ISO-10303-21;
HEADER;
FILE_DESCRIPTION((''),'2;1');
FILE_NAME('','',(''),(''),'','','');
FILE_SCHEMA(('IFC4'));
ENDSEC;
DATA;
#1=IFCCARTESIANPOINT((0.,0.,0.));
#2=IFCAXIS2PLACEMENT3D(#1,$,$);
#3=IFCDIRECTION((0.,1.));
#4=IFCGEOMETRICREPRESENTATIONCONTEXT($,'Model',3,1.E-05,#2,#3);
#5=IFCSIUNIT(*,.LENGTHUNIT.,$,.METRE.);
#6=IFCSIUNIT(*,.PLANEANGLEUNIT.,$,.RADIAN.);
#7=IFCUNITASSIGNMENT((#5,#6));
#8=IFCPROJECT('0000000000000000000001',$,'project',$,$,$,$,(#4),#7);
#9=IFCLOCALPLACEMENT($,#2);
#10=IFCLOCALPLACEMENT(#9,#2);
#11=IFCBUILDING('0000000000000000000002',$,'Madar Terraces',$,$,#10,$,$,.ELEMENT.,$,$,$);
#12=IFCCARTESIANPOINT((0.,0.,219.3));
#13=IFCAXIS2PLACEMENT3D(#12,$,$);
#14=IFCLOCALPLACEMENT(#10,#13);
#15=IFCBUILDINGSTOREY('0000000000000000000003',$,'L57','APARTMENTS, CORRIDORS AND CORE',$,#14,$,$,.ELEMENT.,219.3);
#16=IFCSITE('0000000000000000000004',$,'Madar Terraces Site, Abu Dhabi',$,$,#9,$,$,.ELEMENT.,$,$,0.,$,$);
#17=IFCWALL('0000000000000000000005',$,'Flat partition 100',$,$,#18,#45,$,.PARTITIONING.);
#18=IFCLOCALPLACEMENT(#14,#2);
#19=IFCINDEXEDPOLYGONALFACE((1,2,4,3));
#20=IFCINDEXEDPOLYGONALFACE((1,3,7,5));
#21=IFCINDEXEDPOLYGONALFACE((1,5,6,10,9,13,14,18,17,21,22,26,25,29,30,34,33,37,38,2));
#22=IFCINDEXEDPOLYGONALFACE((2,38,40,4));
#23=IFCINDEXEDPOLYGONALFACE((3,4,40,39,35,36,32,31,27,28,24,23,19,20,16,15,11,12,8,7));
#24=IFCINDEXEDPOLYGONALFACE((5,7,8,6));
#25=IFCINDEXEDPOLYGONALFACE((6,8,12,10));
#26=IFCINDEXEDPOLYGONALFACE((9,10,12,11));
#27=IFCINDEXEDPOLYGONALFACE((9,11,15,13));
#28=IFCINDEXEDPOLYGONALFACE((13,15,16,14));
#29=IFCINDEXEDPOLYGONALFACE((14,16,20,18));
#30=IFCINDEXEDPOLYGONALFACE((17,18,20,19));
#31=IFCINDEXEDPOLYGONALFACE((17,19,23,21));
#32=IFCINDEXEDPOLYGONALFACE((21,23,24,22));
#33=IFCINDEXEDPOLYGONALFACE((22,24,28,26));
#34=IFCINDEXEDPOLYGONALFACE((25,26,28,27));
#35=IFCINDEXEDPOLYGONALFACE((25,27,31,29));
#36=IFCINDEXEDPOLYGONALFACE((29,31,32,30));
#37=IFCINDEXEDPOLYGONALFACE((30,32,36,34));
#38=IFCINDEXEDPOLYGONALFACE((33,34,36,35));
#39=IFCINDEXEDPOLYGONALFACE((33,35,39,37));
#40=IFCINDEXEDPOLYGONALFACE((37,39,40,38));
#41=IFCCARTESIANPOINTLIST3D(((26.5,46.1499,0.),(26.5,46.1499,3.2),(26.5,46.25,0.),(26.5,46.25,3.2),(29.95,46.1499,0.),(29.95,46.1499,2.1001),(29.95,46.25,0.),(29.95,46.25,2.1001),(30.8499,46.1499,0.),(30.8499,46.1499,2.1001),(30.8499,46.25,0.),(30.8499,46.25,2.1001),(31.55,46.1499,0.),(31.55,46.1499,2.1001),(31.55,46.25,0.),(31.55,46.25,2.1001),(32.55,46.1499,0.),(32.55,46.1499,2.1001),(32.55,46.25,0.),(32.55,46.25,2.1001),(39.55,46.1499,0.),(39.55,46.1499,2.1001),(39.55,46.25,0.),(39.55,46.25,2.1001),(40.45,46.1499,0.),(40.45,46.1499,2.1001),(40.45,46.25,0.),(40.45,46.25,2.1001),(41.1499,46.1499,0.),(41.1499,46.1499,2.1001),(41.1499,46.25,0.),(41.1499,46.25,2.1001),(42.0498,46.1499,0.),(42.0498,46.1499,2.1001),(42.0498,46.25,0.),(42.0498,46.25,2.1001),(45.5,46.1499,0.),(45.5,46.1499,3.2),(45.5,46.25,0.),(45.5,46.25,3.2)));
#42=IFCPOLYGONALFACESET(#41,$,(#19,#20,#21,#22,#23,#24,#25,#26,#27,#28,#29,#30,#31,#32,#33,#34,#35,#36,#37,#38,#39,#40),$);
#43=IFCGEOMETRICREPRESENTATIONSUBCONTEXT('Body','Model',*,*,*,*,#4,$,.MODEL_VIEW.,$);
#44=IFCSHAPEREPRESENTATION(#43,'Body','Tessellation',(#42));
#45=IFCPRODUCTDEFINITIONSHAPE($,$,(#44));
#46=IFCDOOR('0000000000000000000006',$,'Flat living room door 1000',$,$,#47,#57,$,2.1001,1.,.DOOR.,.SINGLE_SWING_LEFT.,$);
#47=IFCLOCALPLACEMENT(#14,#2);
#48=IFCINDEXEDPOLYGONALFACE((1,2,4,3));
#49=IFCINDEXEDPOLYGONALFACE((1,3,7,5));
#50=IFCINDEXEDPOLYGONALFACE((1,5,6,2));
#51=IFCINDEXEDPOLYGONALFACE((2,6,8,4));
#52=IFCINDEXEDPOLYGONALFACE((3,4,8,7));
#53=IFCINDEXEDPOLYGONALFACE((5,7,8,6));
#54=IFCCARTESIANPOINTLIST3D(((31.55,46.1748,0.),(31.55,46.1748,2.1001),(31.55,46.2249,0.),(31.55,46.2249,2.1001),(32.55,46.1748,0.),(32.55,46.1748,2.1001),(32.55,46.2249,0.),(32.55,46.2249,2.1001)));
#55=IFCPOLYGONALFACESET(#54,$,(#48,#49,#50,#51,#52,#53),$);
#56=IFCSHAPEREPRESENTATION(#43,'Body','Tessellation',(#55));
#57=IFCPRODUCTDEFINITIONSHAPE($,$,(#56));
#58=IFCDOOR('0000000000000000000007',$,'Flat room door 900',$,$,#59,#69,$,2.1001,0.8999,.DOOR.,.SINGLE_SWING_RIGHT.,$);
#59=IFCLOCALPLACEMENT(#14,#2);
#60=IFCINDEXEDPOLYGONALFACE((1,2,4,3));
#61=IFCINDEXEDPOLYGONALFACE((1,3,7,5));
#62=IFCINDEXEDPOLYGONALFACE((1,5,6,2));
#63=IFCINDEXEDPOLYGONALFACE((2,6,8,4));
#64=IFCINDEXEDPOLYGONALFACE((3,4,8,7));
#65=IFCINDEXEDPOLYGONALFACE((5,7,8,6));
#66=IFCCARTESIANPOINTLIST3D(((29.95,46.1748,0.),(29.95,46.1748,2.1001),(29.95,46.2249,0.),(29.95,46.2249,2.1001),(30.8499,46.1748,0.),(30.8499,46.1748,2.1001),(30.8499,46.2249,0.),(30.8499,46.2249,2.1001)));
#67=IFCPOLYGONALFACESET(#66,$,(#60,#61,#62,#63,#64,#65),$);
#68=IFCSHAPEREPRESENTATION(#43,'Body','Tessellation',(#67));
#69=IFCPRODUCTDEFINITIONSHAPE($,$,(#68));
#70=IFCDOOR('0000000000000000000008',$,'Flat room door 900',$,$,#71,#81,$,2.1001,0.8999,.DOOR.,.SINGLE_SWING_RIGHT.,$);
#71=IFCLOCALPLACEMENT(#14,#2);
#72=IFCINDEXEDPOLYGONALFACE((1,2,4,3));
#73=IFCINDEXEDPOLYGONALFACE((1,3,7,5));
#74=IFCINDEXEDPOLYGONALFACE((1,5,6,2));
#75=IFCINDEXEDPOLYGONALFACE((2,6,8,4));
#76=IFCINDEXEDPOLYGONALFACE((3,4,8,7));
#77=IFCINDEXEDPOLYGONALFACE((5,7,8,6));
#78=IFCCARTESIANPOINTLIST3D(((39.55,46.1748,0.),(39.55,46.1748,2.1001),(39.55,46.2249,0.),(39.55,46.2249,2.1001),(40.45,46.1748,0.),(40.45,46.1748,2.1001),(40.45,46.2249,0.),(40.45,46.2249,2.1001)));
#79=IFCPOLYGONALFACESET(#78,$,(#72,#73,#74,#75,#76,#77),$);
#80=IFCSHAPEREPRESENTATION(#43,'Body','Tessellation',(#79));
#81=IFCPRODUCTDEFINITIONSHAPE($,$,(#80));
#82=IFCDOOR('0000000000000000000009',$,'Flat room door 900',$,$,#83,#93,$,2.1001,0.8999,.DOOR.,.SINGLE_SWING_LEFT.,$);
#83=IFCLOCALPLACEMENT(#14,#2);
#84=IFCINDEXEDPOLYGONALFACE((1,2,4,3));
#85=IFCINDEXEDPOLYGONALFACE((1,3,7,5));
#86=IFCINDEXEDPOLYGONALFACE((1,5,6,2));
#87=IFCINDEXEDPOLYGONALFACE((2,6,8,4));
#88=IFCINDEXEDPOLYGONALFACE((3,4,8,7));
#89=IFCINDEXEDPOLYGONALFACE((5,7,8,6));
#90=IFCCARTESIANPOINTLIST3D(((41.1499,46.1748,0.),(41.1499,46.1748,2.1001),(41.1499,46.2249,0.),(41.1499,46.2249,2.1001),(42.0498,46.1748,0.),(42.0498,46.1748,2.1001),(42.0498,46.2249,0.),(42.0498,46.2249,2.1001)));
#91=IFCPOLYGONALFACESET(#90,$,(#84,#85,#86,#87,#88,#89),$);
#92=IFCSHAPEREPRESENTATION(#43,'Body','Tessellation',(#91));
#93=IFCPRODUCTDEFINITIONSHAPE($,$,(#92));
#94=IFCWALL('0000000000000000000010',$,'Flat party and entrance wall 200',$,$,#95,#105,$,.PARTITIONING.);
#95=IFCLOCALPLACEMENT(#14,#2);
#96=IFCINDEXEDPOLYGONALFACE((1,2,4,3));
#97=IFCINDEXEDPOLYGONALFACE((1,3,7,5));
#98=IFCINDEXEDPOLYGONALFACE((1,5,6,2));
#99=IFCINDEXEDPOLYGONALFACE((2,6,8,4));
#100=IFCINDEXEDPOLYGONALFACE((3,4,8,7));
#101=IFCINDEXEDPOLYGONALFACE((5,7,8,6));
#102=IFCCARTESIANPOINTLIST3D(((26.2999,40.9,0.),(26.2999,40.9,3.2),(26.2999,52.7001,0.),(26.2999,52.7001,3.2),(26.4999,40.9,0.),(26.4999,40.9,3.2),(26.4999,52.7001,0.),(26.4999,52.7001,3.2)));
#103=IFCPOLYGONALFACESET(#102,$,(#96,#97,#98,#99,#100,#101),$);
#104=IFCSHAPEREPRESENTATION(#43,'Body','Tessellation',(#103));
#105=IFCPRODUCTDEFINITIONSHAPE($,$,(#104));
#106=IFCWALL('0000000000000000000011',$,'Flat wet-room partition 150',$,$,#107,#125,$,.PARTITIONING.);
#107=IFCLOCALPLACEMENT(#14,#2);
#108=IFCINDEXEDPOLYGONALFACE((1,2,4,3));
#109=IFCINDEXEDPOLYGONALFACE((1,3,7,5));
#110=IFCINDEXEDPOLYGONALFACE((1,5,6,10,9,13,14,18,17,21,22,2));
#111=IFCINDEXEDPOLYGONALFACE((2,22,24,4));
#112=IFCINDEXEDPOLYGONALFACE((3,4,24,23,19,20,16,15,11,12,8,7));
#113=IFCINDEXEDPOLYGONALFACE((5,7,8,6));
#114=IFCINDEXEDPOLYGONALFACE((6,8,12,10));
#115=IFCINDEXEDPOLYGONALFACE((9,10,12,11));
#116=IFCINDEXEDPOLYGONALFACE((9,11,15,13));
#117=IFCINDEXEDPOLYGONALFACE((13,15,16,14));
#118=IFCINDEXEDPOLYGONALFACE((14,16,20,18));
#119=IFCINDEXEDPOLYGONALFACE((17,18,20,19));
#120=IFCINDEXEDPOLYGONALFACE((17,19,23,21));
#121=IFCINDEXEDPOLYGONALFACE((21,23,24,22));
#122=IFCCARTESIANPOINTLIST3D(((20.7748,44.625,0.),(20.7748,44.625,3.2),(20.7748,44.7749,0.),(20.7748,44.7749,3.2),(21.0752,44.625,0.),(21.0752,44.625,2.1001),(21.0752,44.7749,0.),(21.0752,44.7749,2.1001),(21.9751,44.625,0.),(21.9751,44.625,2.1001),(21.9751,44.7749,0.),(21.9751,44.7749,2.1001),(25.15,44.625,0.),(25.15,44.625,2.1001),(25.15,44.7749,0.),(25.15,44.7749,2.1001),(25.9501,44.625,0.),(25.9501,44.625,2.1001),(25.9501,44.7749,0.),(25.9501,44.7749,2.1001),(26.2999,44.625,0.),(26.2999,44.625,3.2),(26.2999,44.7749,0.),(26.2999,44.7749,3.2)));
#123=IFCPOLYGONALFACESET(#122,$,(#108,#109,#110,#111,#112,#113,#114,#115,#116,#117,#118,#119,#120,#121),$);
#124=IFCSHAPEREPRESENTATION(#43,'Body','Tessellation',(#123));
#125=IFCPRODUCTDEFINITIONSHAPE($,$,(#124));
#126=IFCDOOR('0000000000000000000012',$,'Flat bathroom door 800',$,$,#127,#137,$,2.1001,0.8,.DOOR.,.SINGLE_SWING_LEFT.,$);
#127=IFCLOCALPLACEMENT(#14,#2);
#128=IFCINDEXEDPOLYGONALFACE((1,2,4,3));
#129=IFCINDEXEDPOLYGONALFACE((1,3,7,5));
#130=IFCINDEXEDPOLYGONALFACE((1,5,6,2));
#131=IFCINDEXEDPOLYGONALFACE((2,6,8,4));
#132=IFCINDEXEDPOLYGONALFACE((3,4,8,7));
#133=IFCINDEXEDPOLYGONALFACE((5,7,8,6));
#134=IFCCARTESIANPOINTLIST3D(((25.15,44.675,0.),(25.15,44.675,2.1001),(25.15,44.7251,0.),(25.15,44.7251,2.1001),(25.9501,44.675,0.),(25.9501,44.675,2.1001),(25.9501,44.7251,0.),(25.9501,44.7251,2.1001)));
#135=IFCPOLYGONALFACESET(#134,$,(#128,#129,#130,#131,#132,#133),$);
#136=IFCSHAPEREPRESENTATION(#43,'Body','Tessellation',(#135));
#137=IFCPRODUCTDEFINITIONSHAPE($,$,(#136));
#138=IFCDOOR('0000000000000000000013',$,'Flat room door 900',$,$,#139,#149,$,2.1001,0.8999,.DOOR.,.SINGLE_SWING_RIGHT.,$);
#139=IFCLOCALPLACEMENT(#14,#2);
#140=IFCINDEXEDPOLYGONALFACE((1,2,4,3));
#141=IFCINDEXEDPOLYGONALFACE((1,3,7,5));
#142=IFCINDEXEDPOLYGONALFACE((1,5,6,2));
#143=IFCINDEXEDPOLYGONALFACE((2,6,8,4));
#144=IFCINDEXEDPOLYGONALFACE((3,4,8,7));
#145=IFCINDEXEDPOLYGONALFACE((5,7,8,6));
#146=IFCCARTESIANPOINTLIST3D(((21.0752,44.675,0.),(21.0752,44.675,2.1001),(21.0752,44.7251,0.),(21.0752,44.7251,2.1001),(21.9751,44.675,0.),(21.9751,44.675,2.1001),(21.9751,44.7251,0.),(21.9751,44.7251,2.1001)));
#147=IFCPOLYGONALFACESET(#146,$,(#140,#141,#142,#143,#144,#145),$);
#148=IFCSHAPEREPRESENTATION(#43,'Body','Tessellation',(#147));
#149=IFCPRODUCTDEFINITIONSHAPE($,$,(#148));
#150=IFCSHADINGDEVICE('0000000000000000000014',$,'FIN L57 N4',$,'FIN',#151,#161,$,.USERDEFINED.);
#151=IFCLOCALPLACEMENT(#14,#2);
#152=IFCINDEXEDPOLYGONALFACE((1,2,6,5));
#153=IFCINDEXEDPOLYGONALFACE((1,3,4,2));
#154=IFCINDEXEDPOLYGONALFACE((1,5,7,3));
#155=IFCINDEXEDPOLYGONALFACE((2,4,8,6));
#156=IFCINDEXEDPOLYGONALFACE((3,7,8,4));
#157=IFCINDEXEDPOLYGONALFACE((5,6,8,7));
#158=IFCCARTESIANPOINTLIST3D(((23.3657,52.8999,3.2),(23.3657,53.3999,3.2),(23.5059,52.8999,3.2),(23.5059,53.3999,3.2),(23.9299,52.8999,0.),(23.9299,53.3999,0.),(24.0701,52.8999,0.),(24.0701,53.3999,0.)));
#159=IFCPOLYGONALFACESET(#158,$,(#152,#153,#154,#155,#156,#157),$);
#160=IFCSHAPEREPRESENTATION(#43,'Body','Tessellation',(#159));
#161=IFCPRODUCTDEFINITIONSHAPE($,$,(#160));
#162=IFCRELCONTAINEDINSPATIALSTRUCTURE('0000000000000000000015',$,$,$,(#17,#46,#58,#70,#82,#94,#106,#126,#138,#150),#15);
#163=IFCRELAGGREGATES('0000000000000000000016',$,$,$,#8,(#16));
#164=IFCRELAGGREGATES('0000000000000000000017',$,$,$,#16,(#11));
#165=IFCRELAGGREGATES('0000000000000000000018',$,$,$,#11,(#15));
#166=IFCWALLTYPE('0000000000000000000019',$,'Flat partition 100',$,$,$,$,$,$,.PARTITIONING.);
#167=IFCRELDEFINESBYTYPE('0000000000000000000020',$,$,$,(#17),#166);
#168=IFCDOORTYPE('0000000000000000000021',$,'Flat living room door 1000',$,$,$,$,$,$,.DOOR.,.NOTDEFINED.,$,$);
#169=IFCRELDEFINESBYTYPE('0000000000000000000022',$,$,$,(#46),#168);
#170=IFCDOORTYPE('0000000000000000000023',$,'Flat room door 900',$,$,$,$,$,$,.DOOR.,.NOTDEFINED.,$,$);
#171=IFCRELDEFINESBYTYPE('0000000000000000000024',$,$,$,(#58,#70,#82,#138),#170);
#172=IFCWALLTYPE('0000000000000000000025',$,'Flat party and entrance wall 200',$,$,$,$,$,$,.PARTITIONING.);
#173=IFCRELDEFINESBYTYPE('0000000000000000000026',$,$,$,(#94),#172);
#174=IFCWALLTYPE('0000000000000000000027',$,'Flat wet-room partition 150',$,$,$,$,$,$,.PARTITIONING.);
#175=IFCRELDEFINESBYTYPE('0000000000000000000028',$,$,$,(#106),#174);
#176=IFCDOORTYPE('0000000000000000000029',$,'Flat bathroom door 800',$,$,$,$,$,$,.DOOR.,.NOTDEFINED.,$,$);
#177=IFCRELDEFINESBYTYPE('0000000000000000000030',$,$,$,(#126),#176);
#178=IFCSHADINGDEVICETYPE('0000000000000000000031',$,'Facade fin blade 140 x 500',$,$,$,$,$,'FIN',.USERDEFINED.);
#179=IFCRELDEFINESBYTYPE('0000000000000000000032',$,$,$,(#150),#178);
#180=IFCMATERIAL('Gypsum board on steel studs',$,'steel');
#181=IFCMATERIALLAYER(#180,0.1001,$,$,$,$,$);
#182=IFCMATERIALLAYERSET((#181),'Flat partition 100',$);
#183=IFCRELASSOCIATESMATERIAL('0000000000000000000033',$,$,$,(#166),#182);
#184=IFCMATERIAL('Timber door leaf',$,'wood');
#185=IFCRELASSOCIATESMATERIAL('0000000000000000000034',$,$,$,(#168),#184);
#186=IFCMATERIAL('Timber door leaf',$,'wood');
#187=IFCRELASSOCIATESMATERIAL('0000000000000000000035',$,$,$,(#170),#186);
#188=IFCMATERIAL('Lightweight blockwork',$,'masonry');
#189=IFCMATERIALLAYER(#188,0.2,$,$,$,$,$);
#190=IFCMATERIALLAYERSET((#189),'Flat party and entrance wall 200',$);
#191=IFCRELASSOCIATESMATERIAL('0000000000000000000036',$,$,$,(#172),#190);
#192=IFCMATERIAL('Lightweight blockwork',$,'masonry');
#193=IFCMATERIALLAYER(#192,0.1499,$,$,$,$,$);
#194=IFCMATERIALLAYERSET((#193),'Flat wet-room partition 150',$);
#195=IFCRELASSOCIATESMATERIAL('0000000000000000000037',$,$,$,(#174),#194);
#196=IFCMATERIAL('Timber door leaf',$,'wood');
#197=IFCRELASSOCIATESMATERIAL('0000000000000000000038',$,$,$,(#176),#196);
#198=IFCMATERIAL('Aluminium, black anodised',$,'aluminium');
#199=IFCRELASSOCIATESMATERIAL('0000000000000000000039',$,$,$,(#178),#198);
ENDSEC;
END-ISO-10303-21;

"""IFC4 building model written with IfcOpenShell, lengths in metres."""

from ifc_helpers import new_model, si_unit, direction, frame, frame_2d, origin, place, context, subcontext, project, spatial, polyline, rectangle, outline, extrude, material, layer, layer_set, type_object, element, fill, save


model = new_model("IFC4")

# Units and contexts
model_context = context("Model", 3, precision=1e-05, world=origin(), true_north=direction((0.0, 1.0)))
body_context = subcontext(model_context, "Body", "Model", "MODEL_VIEW")
ifc_project = project(units=[si_unit("LENGTHUNIT", "METRE"), si_unit("PLANEANGLEUNIT", "RADIAN")], contexts=[model_context])

# Site, building, storey
site_placement = place(None, origin())
site = spatial("IfcSite", under=ifc_project, at=site_placement, Name="Madar Terraces Site, Abu Dhabi", CompositionType="ELEMENT", RefElevation=0.0)
building_placement = place(site_placement, origin())
building = spatial("IfcBuilding", under=site, at=building_placement, Name="Madar Terraces", CompositionType="ELEMENT")
storey_placement = place(building_placement, frame((0.0, 0.0, 219.3)))
storey = spatial("IfcBuildingStorey", under=building, at=storey_placement, Name="L57", Description="APARTMENTS, CORRIDORS AND CORE", CompositionType="ELEMENT", Elevation=219.3)

# Shared definitions
ifc_material_1 = material(Name="Gypsum board on steel studs", Category="steel")
ifc_layer_1 = layer(ifc_material_1, 0.1001)
ifc_layer_set_1 = layer_set([ifc_layer_1], Name="Flat partition 100")
wall_type_1 = type_object("IfcWallType", Name="Flat partition 100", PredefinedType="PARTITIONING", material=ifc_layer_set_1)

# Wall, openings, doors
wall_1_placement = place(storey_placement, frame((26.5, 46.2, 0.0), z_axis=(0.0, 0.0, 1.0), x_axis=(1.0, 0.0, 0.0)))
wall_1 = element("IfcWall", 1, at=wall_1_placement, inside=storey, type_object=wall_type_1, Name="Flat partition 100", PredefinedType="PARTITIONING", context=body_context, shape_type="SweptSolid", body=[
    extrude(rectangle(XDim=19.0, YDim=0.1001, at=frame_2d((9.5, 0.0))), origin(), (0.0, 0.0, 1.0), 3.2),
])
opening_1_placement = place(wall_1_placement, frame((3.45, 0.0, 0.0)))
opening_1 = element("IfcOpeningElement", 2, at=opening_1_placement, cuts=wall_1, PredefinedType="OPENING", context=body_context, shape_type="SweptSolid", body=[
    extrude(rectangle(XDim=0.8999, YDim=2.1001, at=frame_2d((0.45, 1.05))), frame((0.0, 0.0601, 0.0), z_axis=(0.0, -1.0, 0.0), x_axis=(1.0, 0.0, 0.0)), (0.0, 0.0, 1.0), 0.1201),
])
opening_2_placement = place(wall_1_placement, frame((5.05, 0.0, 0.0)))
opening_2 = element("IfcOpeningElement", 3, at=opening_2_placement, cuts=wall_1, PredefinedType="OPENING", context=body_context, shape_type="SweptSolid", body=[
    extrude(rectangle(XDim=1.0, YDim=2.1001, at=frame_2d((0.5, 1.05))), frame((0.0, 0.0601, 0.0), z_axis=(0.0, -1.0, 0.0), x_axis=(1.0, 0.0, 0.0)), (0.0, 0.0, 1.0), 0.1201),
])
opening_3_placement = place(wall_1_placement, frame((13.05, 0.0, 0.0)))
opening_3 = element("IfcOpeningElement", 4, at=opening_3_placement, cuts=wall_1, PredefinedType="OPENING", context=body_context, shape_type="SweptSolid", body=[
    extrude(rectangle(XDim=0.8999, YDim=2.1001, at=frame_2d((0.45, 1.05))), frame((0.0, 0.0601, 0.0), z_axis=(0.0, -1.0, 0.0), x_axis=(1.0, 0.0, 0.0)), (0.0, 0.0, 1.0), 0.1201),
])
opening_4_placement = place(wall_1_placement, frame((14.6499, 0.0, 0.0)))
opening_4 = element("IfcOpeningElement", 5, at=opening_4_placement, cuts=wall_1, PredefinedType="OPENING", context=body_context, shape_type="SweptSolid", body=[
    extrude(rectangle(XDim=0.8999, YDim=2.1001, at=frame_2d((0.45, 1.05))), frame((0.0, 0.0601, 0.0), z_axis=(0.0, -1.0, 0.0), x_axis=(1.0, 0.0, 0.0)), (0.0, 0.0, 1.0), 0.1201),
])
ifc_material_2 = material(Name="Timber door leaf", Category="wood")
door_type_1 = type_object("IfcDoorType", Name="Flat living room door 1000", OperationType="NOTDEFINED", PredefinedType="DOOR", material=ifc_material_2)
door_1_placement = place(opening_2_placement, origin())
door_1 = element("IfcDoor", 6, at=door_1_placement, inside=storey, type_object=door_type_1, Name="Flat living room door 1000", OperationType="SINGLE_SWING_LEFT", OverallHeight=2.1001, OverallWidth=1.0, PredefinedType="DOOR", context=body_context, shape_type="SweptSolid", body=[
    extrude(rectangle(XDim=1.0, YDim=2.1001, at=frame_2d((0.5, 1.05))), frame((0.0, 0.0249, 0.0), z_axis=(0.0, -1.0, 0.0), x_axis=(1.0, 0.0, 0.0)), (0.0, 0.0, 1.0), 0.05),
])
fill(opening_2, door_1)
ifc_material_3 = material(Name="Timber door leaf", Category="wood")
door_type_2 = type_object("IfcDoorType", Name="Flat room door 900", OperationType="NOTDEFINED", PredefinedType="DOOR", material=ifc_material_3)
door_2_placement = place(opening_1_placement, origin())
door_2 = element("IfcDoor", 7, at=door_2_placement, inside=storey, type_object=door_type_2, Name="Flat room door 900", OperationType="SINGLE_SWING_RIGHT", OverallHeight=2.1001, OverallWidth=0.8999, PredefinedType="DOOR", context=body_context, shape_type="SweptSolid", body=[
    extrude(rectangle(XDim=0.8999, YDim=2.1001, at=frame_2d((0.45, 1.05))), frame((0.0, 0.0249, 0.0), z_axis=(0.0, -1.0, 0.0), x_axis=(1.0, 0.0, 0.0)), (0.0, 0.0, 1.0), 0.05),
])
fill(opening_1, door_2)
door_3_placement = place(opening_3_placement, origin())
door_3 = element("IfcDoor", 8, at=door_3_placement, inside=storey, type_object=door_type_2, Name="Flat room door 900", OperationType="SINGLE_SWING_RIGHT", OverallHeight=2.1001, OverallWidth=0.8999, PredefinedType="DOOR", context=body_context, shape_type="SweptSolid", body=[
    extrude(rectangle(XDim=0.8999, YDim=2.1001, at=frame_2d((0.45, 1.05))), frame((0.0, 0.0249, 0.0), z_axis=(0.0, -1.0, 0.0), x_axis=(1.0, 0.0, 0.0)), (0.0, 0.0, 1.0), 0.05),
])
fill(opening_3, door_3)
door_4_placement = place(opening_4_placement, origin())
door_4 = element("IfcDoor", 9, at=door_4_placement, inside=storey, type_object=door_type_2, Name="Flat room door 900", OperationType="SINGLE_SWING_LEFT", OverallHeight=2.1001, OverallWidth=0.8999, PredefinedType="DOOR", context=body_context, shape_type="SweptSolid", body=[
    extrude(rectangle(XDim=0.8999, YDim=2.1001, at=frame_2d((0.45, 1.05))), frame((0.0, 0.0249, 0.0), z_axis=(0.0, -1.0, 0.0), x_axis=(1.0, 0.0, 0.0)), (0.0, 0.0, 1.0), 0.05),
])
fill(opening_4, door_4)

# Wall
ifc_material_4 = material(Name="Lightweight blockwork", Category="masonry")
ifc_layer_2 = layer(ifc_material_4, 0.2)
ifc_layer_set_2 = layer_set([ifc_layer_2], Name="Flat party and entrance wall 200")
wall_type_2 = type_object("IfcWallType", Name="Flat party and entrance wall 200", PredefinedType="PARTITIONING", material=ifc_layer_set_2)
wall_2_placement = place(storey_placement, frame((26.3999, 52.7, 0.0), z_axis=(0.0, 0.0, 1.0), x_axis=(0.0, -1.0, 0.0)))
element("IfcWall", 10, at=wall_2_placement, inside=storey, type_object=wall_type_2, Name="Flat party and entrance wall 200", PredefinedType="PARTITIONING", context=body_context, shape_type="SweptSolid", body=[
    extrude(rectangle(XDim=11.8, YDim=0.2, at=frame_2d((5.8999, 0.0))), origin(), (0.0, 0.0, 1.0), 3.2),
])

# Wall, openings, doors
ifc_material_5 = material(Name="Lightweight blockwork", Category="masonry")
ifc_layer_3 = layer(ifc_material_5, 0.1499)
ifc_layer_set_3 = layer_set([ifc_layer_3], Name="Flat wet-room partition 150")
wall_type_3 = type_object("IfcWallType", Name="Flat wet-room partition 150", PredefinedType="PARTITIONING", material=ifc_layer_set_3)
wall_3_placement = place(storey_placement, frame((26.3, 44.7, 0.0), z_axis=(0.0, 0.0, 1.0), x_axis=(-1.0, 0.0, 0.0)))
wall_3 = element("IfcWall", 11, at=wall_3_placement, inside=storey, type_object=wall_type_3, Name="Flat wet-room partition 150", PredefinedType="PARTITIONING", context=body_context, shape_type="SweptSolid", body=[
    extrude(rectangle(XDim=5.5251, YDim=0.1499, at=frame_2d((2.7627, 0.0))), origin(), (0.0, 0.0, 1.0), 3.2),
])
opening_5_placement = place(wall_3_placement, frame((4.325, 0.0, 0.0)))
opening_5 = element("IfcOpeningElement", 12, at=opening_5_placement, cuts=wall_3, PredefinedType="OPENING", context=body_context, shape_type="SweptSolid", body=[
    extrude(rectangle(XDim=0.8999, YDim=2.1001, at=frame_2d((0.45, 1.05))), frame((0.0, 0.085, 0.0), z_axis=(0.0, -1.0, 0.0), x_axis=(1.0, 0.0, 0.0)), (0.0, 0.0, 1.0), 0.1699),
])
opening_6_placement = place(wall_3_placement, frame((0.3501, 0.0, 0.0)))
opening_6 = element("IfcOpeningElement", 13, at=opening_6_placement, cuts=wall_3, PredefinedType="OPENING", context=body_context, shape_type="SweptSolid", body=[
    extrude(rectangle(XDim=0.8, YDim=2.1001, at=frame_2d((0.3999, 1.05))), frame((0.0, 0.085, 0.0), z_axis=(0.0, -1.0, 0.0), x_axis=(1.0, 0.0, 0.0)), (0.0, 0.0, 1.0), 0.1699),
])
ifc_material_6 = material(Name="Timber door leaf", Category="wood")
door_type_3 = type_object("IfcDoorType", Name="Flat bathroom door 800", OperationType="NOTDEFINED", PredefinedType="DOOR", material=ifc_material_6)
door_5_placement = place(opening_6_placement, origin())
door_5 = element("IfcDoor", 14, at=door_5_placement, inside=storey, type_object=door_type_3, Name="Flat bathroom door 800", OperationType="SINGLE_SWING_LEFT", OverallHeight=2.1001, OverallWidth=0.8, PredefinedType="DOOR", context=body_context, shape_type="SweptSolid", body=[
    extrude(rectangle(XDim=0.8, YDim=2.1001, at=frame_2d((0.3999, 1.05))), frame((0.0, 0.0249, 0.0), z_axis=(0.0, -1.0, 0.0), x_axis=(1.0, 0.0, 0.0)), (0.0, 0.0, 1.0), 0.05),
])
fill(opening_6, door_5)
door_6_placement = place(opening_5_placement, origin())
door_6 = element("IfcDoor", 15, at=door_6_placement, inside=storey, type_object=door_type_2, Name="Flat room door 900", OperationType="SINGLE_SWING_RIGHT", OverallHeight=2.1001, OverallWidth=0.8999, PredefinedType="DOOR", context=body_context, shape_type="SweptSolid", body=[
    extrude(rectangle(XDim=0.8999, YDim=2.1001, at=frame_2d((0.45, 1.05))), frame((0.0, 0.0249, 0.0), z_axis=(0.0, -1.0, 0.0), x_axis=(1.0, 0.0, 0.0)), (0.0, 0.0, 1.0), 0.05),
])
fill(opening_5, door_6)

# Shading device
ifc_material_7 = material(Name="Aluminium, black anodised", Category="aluminium")
shading_device_type = type_object("IfcShadingDeviceType", Name="Facade fin blade 140 x 500", ElementType="FIN", PredefinedType="USERDEFINED", material=ifc_material_7)
shading_device_placement = place(storey_placement, frame((24.0701, 53.1499, 0.0), z_axis=(0.0, 0.0, 1.0), x_axis=(-1.0, 0.0, 0.0)))
element("IfcShadingDevice", 16, at=shading_device_placement, inside=storey, type_object=shading_device_type, Name="FIN L57 N4", ObjectType="FIN", PredefinedType="USERDEFINED", context=body_context, shape_type="SweptSolid", body=[
    extrude(outline(polyline([(0.0, 0.0), (0.1401, 0.0), (0.7043, 3.2), (0.5642, 3.2), (0.0, 0.0)])), frame((0.0, 0.25, 0.0), z_axis=(0.0, -1.0, 0.0), x_axis=(1.0, 0.0, 0.0)), (0.0, 0.0, 1.0), 0.5),
])

save(model, "model.ifc")
